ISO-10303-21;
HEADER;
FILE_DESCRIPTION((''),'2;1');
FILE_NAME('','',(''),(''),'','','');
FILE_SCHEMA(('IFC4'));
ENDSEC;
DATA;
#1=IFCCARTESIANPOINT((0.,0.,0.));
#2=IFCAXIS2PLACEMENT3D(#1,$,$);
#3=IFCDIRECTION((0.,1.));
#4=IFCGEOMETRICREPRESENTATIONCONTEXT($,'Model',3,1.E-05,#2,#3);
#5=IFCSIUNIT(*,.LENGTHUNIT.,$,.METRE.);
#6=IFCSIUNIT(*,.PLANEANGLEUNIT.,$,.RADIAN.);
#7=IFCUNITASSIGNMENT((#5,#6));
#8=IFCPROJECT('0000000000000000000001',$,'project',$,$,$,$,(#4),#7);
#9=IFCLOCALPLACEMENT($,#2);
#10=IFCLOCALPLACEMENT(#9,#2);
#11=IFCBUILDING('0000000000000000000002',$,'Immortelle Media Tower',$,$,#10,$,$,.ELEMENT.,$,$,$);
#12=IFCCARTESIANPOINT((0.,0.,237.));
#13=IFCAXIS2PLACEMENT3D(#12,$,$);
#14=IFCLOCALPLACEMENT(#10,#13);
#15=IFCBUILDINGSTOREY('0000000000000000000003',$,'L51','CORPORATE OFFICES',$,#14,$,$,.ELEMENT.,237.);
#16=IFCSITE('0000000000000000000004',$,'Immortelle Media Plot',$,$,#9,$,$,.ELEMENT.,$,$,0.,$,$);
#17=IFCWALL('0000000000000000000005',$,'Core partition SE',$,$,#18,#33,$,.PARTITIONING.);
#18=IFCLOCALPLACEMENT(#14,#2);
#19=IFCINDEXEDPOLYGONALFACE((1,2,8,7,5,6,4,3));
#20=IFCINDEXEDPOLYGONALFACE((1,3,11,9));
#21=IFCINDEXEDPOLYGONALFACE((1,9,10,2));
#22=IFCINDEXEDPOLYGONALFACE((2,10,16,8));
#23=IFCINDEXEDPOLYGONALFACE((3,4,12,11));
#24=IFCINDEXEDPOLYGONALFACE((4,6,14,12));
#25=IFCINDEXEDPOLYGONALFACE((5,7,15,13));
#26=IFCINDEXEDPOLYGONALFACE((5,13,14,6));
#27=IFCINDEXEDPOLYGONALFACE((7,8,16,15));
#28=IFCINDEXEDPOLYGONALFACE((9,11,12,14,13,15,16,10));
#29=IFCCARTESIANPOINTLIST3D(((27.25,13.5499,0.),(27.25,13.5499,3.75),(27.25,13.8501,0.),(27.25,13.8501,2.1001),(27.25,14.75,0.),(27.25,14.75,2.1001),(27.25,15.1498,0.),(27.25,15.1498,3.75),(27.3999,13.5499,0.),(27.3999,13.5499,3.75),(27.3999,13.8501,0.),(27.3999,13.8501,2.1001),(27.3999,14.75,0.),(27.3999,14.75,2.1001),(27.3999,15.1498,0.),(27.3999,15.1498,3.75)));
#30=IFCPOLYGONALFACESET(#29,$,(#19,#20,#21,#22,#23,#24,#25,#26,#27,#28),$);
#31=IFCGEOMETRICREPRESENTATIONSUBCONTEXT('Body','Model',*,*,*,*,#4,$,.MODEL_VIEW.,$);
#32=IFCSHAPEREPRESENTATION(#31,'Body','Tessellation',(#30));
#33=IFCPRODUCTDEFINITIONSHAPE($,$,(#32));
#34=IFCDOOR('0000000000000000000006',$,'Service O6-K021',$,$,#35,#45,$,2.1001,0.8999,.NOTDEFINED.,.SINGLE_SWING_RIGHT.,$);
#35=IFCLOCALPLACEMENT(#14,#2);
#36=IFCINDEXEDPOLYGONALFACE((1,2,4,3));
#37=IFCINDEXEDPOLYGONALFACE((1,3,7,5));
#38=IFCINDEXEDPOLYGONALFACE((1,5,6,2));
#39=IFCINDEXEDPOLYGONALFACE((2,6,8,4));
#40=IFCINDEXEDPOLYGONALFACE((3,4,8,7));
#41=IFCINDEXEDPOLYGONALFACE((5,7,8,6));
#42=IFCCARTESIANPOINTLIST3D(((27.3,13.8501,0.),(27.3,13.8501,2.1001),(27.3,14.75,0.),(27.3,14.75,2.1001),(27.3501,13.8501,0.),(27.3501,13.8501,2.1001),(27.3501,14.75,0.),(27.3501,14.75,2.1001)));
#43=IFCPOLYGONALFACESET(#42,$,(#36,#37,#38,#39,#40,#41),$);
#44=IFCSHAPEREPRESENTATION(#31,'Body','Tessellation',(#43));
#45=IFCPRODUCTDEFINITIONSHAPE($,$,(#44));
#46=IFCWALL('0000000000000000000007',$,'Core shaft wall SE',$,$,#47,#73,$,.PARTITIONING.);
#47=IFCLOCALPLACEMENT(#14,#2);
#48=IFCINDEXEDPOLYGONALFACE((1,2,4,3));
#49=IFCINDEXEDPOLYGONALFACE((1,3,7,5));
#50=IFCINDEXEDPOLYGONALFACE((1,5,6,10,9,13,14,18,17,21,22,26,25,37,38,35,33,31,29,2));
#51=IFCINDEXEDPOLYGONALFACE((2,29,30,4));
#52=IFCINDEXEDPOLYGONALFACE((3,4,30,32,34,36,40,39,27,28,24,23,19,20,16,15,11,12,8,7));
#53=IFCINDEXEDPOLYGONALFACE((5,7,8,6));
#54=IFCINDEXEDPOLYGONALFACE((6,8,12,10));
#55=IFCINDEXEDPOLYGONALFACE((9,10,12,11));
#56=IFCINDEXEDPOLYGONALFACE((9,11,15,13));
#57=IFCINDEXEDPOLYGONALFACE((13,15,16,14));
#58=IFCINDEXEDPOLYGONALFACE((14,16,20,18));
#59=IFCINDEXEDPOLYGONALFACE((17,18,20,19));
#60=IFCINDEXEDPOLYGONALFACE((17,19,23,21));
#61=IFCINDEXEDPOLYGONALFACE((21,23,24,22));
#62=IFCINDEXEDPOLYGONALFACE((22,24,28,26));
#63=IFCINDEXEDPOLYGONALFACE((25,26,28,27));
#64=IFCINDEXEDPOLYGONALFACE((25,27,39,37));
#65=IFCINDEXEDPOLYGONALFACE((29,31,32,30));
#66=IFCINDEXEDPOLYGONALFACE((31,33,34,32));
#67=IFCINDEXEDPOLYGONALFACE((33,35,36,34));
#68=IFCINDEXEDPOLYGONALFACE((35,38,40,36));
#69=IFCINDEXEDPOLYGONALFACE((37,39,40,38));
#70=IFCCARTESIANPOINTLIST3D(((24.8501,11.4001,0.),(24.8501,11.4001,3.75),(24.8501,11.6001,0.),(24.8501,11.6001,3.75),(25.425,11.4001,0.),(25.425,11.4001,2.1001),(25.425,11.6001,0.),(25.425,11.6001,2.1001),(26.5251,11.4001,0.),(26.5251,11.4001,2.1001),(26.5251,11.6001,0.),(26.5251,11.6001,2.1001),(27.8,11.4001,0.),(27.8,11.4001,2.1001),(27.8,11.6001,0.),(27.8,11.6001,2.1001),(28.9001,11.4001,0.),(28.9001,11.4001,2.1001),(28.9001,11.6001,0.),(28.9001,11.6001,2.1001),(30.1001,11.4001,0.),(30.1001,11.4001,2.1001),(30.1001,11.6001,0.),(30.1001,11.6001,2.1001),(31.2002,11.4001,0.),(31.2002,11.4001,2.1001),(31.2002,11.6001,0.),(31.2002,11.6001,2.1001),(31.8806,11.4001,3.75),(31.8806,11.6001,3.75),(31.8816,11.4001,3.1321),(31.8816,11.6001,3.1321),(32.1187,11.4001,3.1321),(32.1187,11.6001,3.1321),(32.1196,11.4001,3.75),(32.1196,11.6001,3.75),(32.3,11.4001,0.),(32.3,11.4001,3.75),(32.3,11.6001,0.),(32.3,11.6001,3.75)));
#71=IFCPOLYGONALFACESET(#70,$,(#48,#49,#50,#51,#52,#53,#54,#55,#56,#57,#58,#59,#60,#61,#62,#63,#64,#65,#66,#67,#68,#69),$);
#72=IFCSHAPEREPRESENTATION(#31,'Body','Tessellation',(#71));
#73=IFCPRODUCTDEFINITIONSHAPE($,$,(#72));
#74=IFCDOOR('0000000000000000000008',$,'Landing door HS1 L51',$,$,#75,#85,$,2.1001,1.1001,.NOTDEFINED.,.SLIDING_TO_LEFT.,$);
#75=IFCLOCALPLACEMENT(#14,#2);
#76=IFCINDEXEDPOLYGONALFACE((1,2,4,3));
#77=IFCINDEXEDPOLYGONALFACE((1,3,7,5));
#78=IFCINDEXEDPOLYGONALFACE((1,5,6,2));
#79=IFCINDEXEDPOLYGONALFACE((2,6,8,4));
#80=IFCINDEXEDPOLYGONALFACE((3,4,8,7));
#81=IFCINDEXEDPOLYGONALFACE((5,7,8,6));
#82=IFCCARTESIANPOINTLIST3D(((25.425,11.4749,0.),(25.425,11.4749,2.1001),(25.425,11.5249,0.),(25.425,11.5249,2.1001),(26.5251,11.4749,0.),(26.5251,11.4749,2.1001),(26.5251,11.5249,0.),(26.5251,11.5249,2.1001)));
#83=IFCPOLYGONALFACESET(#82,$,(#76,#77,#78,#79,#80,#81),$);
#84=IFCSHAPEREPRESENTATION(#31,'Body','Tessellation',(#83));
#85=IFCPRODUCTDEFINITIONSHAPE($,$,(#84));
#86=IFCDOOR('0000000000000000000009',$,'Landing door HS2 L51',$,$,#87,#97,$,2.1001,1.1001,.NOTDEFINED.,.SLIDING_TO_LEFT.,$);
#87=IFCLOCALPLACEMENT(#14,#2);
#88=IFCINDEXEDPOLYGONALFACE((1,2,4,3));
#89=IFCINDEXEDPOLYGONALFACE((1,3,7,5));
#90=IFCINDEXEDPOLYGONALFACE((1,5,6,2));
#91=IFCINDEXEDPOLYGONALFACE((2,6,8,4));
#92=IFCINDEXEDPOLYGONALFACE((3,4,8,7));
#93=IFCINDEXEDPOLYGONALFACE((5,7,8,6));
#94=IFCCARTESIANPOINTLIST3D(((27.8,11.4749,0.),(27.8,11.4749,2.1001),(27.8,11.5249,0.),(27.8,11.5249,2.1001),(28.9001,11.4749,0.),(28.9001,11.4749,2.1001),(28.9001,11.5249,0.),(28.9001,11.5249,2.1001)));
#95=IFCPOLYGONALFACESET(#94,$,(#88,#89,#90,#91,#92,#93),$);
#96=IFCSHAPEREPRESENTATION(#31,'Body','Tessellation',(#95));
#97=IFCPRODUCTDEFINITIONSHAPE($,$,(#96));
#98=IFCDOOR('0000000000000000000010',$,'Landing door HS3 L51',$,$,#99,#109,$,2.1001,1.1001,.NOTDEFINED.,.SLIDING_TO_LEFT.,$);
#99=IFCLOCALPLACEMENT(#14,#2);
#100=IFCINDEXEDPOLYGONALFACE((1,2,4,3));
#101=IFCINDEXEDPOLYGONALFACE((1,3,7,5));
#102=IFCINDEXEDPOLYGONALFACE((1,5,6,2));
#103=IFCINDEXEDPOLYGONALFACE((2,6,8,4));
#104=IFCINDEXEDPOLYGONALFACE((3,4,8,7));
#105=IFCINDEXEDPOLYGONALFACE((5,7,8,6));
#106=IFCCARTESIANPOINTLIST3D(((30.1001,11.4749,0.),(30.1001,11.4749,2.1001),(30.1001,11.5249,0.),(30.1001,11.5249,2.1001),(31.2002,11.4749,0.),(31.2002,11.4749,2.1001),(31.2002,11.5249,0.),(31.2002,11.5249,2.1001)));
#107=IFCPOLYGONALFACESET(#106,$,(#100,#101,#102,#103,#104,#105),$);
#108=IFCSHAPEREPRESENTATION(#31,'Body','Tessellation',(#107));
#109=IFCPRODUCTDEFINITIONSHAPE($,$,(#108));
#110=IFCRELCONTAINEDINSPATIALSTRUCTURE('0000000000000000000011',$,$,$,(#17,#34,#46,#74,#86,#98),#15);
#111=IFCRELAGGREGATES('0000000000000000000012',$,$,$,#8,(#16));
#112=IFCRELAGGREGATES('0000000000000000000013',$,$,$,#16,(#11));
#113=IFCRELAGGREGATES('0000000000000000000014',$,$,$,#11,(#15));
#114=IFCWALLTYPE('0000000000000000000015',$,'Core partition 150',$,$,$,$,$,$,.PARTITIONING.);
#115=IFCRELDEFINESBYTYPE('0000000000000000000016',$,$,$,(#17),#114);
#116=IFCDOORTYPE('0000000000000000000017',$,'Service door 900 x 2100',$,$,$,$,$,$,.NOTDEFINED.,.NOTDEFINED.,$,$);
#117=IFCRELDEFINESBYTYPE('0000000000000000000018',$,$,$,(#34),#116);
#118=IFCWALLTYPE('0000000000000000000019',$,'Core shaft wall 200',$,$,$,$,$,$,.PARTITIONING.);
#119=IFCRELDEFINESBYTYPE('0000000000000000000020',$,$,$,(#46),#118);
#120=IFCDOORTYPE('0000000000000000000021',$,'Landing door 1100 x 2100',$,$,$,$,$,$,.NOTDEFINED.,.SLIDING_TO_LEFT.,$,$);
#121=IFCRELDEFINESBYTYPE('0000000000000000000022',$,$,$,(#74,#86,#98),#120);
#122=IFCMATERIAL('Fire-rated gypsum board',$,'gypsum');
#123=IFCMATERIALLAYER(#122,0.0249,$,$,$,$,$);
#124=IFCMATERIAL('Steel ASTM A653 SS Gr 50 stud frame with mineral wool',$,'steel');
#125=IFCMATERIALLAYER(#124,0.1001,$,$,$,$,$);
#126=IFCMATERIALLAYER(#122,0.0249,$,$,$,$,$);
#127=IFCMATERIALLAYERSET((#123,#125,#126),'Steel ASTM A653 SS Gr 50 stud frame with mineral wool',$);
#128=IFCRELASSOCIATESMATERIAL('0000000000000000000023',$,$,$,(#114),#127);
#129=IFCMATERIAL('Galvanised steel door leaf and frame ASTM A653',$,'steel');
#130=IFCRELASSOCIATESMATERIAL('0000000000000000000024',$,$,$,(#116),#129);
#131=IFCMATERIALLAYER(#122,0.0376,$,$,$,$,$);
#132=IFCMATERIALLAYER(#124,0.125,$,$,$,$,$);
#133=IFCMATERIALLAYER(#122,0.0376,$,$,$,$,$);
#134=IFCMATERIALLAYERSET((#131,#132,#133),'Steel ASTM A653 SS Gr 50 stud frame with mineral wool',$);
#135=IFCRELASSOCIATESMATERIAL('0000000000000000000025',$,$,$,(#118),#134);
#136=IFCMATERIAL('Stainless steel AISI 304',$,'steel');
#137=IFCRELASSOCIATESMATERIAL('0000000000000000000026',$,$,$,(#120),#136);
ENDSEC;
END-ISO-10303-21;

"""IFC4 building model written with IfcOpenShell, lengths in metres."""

from ifc_helpers import new_model, si_unit, direction, frame, frame_2d, origin, place, context, subcontext, project, spatial, polyline, rectangle, outline, extrude, material, layer, layer_set, type_object, element, fill, save


model = new_model("IFC4")

# Units and contexts
model_context = context("Model", 3, precision=1e-05, world=origin(), true_north=direction((0.0, 1.0)))
body_context = subcontext(model_context, "Body", "Model", "MODEL_VIEW")
ifc_project = project(units=[si_unit("LENGTHUNIT", "METRE"), si_unit("PLANEANGLEUNIT", "RADIAN")], contexts=[model_context])

# Site, building, storey
site_placement = place(None, origin())
site = spatial("IfcSite", under=ifc_project, at=site_placement, Name="Immortelle Media Plot", CompositionType="ELEMENT", RefElevation=0.0)
building_placement = place(site_placement, origin())
building = spatial("IfcBuilding", under=site, at=building_placement, Name="Immortelle Media Tower", CompositionType="ELEMENT")
storey_placement = place(building_placement, frame((0.0, 0.0, 237.0)))
storey = spatial("IfcBuildingStorey", under=building, at=storey_placement, Name="L51", Description="CORPORATE OFFICES", CompositionType="ELEMENT", Elevation=237.0)

# Shared definitions
ifc_material_1 = material(Name="Fire-rated gypsum board", Category="gypsum")
ifc_layer_1 = layer(ifc_material_1, 0.0249)
ifc_material_2 = material(Name="Steel ASTM A653 SS Gr 50 stud frame with mineral wool", Category="steel")
ifc_layer_2 = layer(ifc_material_2, 0.1001)
ifc_layer_3 = layer(ifc_material_1, 0.0249)
ifc_layer_set_1 = layer_set([ifc_layer_1, ifc_layer_2, ifc_layer_3], Name="Steel ASTM A653 SS Gr 50 stud frame with mineral wool")
wall_type_1 = type_object("IfcWallType", Name="Core partition 150", PredefinedType="PARTITIONING", material=ifc_layer_set_1)

# Wall, opening, door
wall_1_placement = place(storey_placement, frame((27.325, 13.55, 0.0), z_axis=(0.0, 0.0, 1.0), x_axis=(0.0, 1.0, 0.0)))
wall_1 = element("IfcWall", 1, at=wall_1_placement, inside=storey, type_object=wall_type_1, Name="Core partition SE", PredefinedType="PARTITIONING", context=body_context, shape_type="SweptSolid", body=[
    extrude(rectangle(XDim=1.5999, YDim=0.1499, at=frame_2d((0.7998, 0.0))), origin(), (0.0, 0.0, 1.0), 3.75),
])
opening_1_placement = place(wall_1_placement, frame((0.3, 0.0, 0.0)))
opening_1 = element("IfcOpeningElement", 2, at=opening_1_placement, cuts=wall_1, PredefinedType="OPENING", context=body_context, shape_type="SweptSolid", body=[
    extrude(rectangle(XDim=0.8999, YDim=2.1001, at=frame_2d((0.45, 1.05))), frame((0.0, 0.085, 0.0), z_axis=(0.0, -1.0, 0.0), x_axis=(1.0, 0.0, 0.0)), (0.0, 0.0, 1.0), 0.1699),
])
ifc_material_3 = material(Name="Galvanised steel door leaf and frame ASTM A653", Category="steel")
door_type_1 = type_object("IfcDoorType", Name="Service door 900 x 2100", OperationType="NOTDEFINED", PredefinedType="NOTDEFINED", material=ifc_material_3)
door_1_placement = place(opening_1_placement, origin())
door_1 = element("IfcDoor", 3, at=door_1_placement, inside=storey, type_object=door_type_1, Name="Service O6-K021", OperationType="SINGLE_SWING_RIGHT", OverallHeight=2.1001, OverallWidth=0.8999, PredefinedType="NOTDEFINED", context=body_context, shape_type="SweptSolid", body=[
    extrude(rectangle(XDim=0.8999, YDim=2.1001, at=frame_2d((0.45, 1.05))), frame((0.0, 0.0249, 0.0), z_axis=(0.0, -1.0, 0.0), x_axis=(1.0, 0.0, 0.0)), (0.0, 0.0, 1.0), 0.05),
])
fill(opening_1, door_1)

# Wall, openings, doors
ifc_layer_4 = layer(ifc_material_1, 0.0376)
ifc_layer_5 = layer(ifc_material_2, 0.125)
ifc_layer_6 = layer(ifc_material_1, 0.0376)
ifc_layer_set_2 = layer_set([ifc_layer_4, ifc_layer_5, ifc_layer_6], Name="Steel ASTM A653 SS Gr 50 stud frame with mineral wool")
wall_type_2 = type_object("IfcWallType", Name="Core shaft wall 200", PredefinedType="PARTITIONING", material=ifc_layer_set_2)
wall_2_placement = place(storey_placement, frame((24.8501, 11.5, 0.0), z_axis=(0.0, 0.0, 1.0), x_axis=(1.0, 0.0, 0.0)))
wall_2 = element("IfcWall", 4, at=wall_2_placement, inside=storey, type_object=wall_type_2, Name="Core shaft wall SE", PredefinedType="PARTITIONING", context=body_context, shape_type="SweptSolid", body=[
    extrude(outline(polyline([(0.0, 0.0), (7.45, 0.0), (7.45, 3.75), (7.2695, 3.75), (7.2686, 3.1321), (7.0315, 3.1321), (7.0305, 3.75), (0.0, 3.75), (0.0, 0.0)])), frame((0.0, 0.1001, 0.0), z_axis=(0.0, -1.0, 0.0), x_axis=(1.0, 0.0, 0.0)), (0.0, 0.0, 1.0), 0.2),
])
opening_2_placement = place(wall_2_placement, frame((0.575, 0.0, 0.0)))
opening_2 = element("IfcOpeningElement", 5, at=opening_2_placement, cuts=wall_2, PredefinedType="OPENING", context=body_context, shape_type="SweptSolid", body=[
    extrude(rectangle(XDim=1.1001, YDim=2.1001, at=frame_2d((0.55, 1.05))), frame((0.0, 0.1099, 0.0), z_axis=(0.0, -1.0, 0.0), x_axis=(1.0, 0.0, 0.0)), (0.0, 0.0, 1.0), 0.22),
])
opening_3_placement = place(wall_2_placement, frame((2.95, 0.0, 0.0)))
opening_3 = element("IfcOpeningElement", 6, at=opening_3_placement, cuts=wall_2, PredefinedType="OPENING", context=body_context, shape_type="SweptSolid", body=[
    extrude(rectangle(XDim=1.1001, YDim=2.1001, at=frame_2d((0.55, 1.05))), frame((0.0, 0.1099, 0.0), z_axis=(0.0, -1.0, 0.0), x_axis=(1.0, 0.0, 0.0)), (0.0, 0.0, 1.0), 0.22),
])
opening_4_placement = place(wall_2_placement, frame((5.25, 0.0, 0.0)))
opening_4 = element("IfcOpeningElement", 7, at=opening_4_placement, cuts=wall_2, PredefinedType="OPENING", context=body_context, shape_type="SweptSolid", body=[
    extrude(rectangle(XDim=1.1001, YDim=2.1001, at=frame_2d((0.55, 1.05))), frame((0.0, 0.1099, 0.0), z_axis=(0.0, -1.0, 0.0), x_axis=(1.0, 0.0, 0.0)), (0.0, 0.0, 1.0), 0.22),
])
ifc_material_4 = material(Name="Stainless steel AISI 304", Category="steel")
door_type_2 = type_object("IfcDoorType", Name="Landing door 1100 x 2100", OperationType="SLIDING_TO_LEFT", PredefinedType="NOTDEFINED", material=ifc_material_4)
door_2_placement = place(opening_2_placement, origin())
door_2 = element("IfcDoor", 8, at=door_2_placement, inside=storey, type_object=door_type_2, Name="Landing door HS1 L51", OperationType="SLIDING_TO_LEFT", OverallHeight=2.1001, OverallWidth=1.1001, PredefinedType="NOTDEFINED", context=body_context, shape_type="SweptSolid", body=[
    extrude(rectangle(XDim=1.1001, YDim=2.1001, at=frame_2d((0.55, 1.05))), frame((0.0, 0.0249, 0.0), z_axis=(0.0, -1.0, 0.0), x_axis=(1.0, 0.0, 0.0)), (0.0, 0.0, 1.0), 0.05),
])
fill(opening_2, door_2)
door_3_placement = place(opening_3_placement, origin())
door_3 = element("IfcDoor", 9, at=door_3_placement, inside=storey, type_object=door_type_2, Name="Landing door HS2 L51", OperationType="SLIDING_TO_LEFT", OverallHeight=2.1001, OverallWidth=1.1001, PredefinedType="NOTDEFINED", context=body_context, shape_type="SweptSolid", body=[
    extrude(rectangle(XDim=1.1001, YDim=2.1001, at=frame_2d((0.55, 1.05))), frame((0.0, 0.0249, 0.0), z_axis=(0.0, -1.0, 0.0), x_axis=(1.0, 0.0, 0.0)), (0.0, 0.0, 1.0), 0.05),
])
fill(opening_3, door_3)
door_4_placement = place(opening_4_placement, origin())
door_4 = element("IfcDoor", 10, at=door_4_placement, inside=storey, type_object=door_type_2, Name="Landing door HS3 L51", OperationType="SLIDING_TO_LEFT", OverallHeight=2.1001, OverallWidth=1.1001, PredefinedType="NOTDEFINED", context=body_context, shape_type="SweptSolid", body=[
    extrude(rectangle(XDim=1.1001, YDim=2.1001, at=frame_2d((0.55, 1.05))), frame((0.0, 0.0249, 0.0), z_axis=(0.0, -1.0, 0.0), x_axis=(1.0, 0.0, 0.0)), (0.0, 0.0, 1.0), 0.05),
])
fill(opening_4, door_4)

save(model, "model.ifc")
